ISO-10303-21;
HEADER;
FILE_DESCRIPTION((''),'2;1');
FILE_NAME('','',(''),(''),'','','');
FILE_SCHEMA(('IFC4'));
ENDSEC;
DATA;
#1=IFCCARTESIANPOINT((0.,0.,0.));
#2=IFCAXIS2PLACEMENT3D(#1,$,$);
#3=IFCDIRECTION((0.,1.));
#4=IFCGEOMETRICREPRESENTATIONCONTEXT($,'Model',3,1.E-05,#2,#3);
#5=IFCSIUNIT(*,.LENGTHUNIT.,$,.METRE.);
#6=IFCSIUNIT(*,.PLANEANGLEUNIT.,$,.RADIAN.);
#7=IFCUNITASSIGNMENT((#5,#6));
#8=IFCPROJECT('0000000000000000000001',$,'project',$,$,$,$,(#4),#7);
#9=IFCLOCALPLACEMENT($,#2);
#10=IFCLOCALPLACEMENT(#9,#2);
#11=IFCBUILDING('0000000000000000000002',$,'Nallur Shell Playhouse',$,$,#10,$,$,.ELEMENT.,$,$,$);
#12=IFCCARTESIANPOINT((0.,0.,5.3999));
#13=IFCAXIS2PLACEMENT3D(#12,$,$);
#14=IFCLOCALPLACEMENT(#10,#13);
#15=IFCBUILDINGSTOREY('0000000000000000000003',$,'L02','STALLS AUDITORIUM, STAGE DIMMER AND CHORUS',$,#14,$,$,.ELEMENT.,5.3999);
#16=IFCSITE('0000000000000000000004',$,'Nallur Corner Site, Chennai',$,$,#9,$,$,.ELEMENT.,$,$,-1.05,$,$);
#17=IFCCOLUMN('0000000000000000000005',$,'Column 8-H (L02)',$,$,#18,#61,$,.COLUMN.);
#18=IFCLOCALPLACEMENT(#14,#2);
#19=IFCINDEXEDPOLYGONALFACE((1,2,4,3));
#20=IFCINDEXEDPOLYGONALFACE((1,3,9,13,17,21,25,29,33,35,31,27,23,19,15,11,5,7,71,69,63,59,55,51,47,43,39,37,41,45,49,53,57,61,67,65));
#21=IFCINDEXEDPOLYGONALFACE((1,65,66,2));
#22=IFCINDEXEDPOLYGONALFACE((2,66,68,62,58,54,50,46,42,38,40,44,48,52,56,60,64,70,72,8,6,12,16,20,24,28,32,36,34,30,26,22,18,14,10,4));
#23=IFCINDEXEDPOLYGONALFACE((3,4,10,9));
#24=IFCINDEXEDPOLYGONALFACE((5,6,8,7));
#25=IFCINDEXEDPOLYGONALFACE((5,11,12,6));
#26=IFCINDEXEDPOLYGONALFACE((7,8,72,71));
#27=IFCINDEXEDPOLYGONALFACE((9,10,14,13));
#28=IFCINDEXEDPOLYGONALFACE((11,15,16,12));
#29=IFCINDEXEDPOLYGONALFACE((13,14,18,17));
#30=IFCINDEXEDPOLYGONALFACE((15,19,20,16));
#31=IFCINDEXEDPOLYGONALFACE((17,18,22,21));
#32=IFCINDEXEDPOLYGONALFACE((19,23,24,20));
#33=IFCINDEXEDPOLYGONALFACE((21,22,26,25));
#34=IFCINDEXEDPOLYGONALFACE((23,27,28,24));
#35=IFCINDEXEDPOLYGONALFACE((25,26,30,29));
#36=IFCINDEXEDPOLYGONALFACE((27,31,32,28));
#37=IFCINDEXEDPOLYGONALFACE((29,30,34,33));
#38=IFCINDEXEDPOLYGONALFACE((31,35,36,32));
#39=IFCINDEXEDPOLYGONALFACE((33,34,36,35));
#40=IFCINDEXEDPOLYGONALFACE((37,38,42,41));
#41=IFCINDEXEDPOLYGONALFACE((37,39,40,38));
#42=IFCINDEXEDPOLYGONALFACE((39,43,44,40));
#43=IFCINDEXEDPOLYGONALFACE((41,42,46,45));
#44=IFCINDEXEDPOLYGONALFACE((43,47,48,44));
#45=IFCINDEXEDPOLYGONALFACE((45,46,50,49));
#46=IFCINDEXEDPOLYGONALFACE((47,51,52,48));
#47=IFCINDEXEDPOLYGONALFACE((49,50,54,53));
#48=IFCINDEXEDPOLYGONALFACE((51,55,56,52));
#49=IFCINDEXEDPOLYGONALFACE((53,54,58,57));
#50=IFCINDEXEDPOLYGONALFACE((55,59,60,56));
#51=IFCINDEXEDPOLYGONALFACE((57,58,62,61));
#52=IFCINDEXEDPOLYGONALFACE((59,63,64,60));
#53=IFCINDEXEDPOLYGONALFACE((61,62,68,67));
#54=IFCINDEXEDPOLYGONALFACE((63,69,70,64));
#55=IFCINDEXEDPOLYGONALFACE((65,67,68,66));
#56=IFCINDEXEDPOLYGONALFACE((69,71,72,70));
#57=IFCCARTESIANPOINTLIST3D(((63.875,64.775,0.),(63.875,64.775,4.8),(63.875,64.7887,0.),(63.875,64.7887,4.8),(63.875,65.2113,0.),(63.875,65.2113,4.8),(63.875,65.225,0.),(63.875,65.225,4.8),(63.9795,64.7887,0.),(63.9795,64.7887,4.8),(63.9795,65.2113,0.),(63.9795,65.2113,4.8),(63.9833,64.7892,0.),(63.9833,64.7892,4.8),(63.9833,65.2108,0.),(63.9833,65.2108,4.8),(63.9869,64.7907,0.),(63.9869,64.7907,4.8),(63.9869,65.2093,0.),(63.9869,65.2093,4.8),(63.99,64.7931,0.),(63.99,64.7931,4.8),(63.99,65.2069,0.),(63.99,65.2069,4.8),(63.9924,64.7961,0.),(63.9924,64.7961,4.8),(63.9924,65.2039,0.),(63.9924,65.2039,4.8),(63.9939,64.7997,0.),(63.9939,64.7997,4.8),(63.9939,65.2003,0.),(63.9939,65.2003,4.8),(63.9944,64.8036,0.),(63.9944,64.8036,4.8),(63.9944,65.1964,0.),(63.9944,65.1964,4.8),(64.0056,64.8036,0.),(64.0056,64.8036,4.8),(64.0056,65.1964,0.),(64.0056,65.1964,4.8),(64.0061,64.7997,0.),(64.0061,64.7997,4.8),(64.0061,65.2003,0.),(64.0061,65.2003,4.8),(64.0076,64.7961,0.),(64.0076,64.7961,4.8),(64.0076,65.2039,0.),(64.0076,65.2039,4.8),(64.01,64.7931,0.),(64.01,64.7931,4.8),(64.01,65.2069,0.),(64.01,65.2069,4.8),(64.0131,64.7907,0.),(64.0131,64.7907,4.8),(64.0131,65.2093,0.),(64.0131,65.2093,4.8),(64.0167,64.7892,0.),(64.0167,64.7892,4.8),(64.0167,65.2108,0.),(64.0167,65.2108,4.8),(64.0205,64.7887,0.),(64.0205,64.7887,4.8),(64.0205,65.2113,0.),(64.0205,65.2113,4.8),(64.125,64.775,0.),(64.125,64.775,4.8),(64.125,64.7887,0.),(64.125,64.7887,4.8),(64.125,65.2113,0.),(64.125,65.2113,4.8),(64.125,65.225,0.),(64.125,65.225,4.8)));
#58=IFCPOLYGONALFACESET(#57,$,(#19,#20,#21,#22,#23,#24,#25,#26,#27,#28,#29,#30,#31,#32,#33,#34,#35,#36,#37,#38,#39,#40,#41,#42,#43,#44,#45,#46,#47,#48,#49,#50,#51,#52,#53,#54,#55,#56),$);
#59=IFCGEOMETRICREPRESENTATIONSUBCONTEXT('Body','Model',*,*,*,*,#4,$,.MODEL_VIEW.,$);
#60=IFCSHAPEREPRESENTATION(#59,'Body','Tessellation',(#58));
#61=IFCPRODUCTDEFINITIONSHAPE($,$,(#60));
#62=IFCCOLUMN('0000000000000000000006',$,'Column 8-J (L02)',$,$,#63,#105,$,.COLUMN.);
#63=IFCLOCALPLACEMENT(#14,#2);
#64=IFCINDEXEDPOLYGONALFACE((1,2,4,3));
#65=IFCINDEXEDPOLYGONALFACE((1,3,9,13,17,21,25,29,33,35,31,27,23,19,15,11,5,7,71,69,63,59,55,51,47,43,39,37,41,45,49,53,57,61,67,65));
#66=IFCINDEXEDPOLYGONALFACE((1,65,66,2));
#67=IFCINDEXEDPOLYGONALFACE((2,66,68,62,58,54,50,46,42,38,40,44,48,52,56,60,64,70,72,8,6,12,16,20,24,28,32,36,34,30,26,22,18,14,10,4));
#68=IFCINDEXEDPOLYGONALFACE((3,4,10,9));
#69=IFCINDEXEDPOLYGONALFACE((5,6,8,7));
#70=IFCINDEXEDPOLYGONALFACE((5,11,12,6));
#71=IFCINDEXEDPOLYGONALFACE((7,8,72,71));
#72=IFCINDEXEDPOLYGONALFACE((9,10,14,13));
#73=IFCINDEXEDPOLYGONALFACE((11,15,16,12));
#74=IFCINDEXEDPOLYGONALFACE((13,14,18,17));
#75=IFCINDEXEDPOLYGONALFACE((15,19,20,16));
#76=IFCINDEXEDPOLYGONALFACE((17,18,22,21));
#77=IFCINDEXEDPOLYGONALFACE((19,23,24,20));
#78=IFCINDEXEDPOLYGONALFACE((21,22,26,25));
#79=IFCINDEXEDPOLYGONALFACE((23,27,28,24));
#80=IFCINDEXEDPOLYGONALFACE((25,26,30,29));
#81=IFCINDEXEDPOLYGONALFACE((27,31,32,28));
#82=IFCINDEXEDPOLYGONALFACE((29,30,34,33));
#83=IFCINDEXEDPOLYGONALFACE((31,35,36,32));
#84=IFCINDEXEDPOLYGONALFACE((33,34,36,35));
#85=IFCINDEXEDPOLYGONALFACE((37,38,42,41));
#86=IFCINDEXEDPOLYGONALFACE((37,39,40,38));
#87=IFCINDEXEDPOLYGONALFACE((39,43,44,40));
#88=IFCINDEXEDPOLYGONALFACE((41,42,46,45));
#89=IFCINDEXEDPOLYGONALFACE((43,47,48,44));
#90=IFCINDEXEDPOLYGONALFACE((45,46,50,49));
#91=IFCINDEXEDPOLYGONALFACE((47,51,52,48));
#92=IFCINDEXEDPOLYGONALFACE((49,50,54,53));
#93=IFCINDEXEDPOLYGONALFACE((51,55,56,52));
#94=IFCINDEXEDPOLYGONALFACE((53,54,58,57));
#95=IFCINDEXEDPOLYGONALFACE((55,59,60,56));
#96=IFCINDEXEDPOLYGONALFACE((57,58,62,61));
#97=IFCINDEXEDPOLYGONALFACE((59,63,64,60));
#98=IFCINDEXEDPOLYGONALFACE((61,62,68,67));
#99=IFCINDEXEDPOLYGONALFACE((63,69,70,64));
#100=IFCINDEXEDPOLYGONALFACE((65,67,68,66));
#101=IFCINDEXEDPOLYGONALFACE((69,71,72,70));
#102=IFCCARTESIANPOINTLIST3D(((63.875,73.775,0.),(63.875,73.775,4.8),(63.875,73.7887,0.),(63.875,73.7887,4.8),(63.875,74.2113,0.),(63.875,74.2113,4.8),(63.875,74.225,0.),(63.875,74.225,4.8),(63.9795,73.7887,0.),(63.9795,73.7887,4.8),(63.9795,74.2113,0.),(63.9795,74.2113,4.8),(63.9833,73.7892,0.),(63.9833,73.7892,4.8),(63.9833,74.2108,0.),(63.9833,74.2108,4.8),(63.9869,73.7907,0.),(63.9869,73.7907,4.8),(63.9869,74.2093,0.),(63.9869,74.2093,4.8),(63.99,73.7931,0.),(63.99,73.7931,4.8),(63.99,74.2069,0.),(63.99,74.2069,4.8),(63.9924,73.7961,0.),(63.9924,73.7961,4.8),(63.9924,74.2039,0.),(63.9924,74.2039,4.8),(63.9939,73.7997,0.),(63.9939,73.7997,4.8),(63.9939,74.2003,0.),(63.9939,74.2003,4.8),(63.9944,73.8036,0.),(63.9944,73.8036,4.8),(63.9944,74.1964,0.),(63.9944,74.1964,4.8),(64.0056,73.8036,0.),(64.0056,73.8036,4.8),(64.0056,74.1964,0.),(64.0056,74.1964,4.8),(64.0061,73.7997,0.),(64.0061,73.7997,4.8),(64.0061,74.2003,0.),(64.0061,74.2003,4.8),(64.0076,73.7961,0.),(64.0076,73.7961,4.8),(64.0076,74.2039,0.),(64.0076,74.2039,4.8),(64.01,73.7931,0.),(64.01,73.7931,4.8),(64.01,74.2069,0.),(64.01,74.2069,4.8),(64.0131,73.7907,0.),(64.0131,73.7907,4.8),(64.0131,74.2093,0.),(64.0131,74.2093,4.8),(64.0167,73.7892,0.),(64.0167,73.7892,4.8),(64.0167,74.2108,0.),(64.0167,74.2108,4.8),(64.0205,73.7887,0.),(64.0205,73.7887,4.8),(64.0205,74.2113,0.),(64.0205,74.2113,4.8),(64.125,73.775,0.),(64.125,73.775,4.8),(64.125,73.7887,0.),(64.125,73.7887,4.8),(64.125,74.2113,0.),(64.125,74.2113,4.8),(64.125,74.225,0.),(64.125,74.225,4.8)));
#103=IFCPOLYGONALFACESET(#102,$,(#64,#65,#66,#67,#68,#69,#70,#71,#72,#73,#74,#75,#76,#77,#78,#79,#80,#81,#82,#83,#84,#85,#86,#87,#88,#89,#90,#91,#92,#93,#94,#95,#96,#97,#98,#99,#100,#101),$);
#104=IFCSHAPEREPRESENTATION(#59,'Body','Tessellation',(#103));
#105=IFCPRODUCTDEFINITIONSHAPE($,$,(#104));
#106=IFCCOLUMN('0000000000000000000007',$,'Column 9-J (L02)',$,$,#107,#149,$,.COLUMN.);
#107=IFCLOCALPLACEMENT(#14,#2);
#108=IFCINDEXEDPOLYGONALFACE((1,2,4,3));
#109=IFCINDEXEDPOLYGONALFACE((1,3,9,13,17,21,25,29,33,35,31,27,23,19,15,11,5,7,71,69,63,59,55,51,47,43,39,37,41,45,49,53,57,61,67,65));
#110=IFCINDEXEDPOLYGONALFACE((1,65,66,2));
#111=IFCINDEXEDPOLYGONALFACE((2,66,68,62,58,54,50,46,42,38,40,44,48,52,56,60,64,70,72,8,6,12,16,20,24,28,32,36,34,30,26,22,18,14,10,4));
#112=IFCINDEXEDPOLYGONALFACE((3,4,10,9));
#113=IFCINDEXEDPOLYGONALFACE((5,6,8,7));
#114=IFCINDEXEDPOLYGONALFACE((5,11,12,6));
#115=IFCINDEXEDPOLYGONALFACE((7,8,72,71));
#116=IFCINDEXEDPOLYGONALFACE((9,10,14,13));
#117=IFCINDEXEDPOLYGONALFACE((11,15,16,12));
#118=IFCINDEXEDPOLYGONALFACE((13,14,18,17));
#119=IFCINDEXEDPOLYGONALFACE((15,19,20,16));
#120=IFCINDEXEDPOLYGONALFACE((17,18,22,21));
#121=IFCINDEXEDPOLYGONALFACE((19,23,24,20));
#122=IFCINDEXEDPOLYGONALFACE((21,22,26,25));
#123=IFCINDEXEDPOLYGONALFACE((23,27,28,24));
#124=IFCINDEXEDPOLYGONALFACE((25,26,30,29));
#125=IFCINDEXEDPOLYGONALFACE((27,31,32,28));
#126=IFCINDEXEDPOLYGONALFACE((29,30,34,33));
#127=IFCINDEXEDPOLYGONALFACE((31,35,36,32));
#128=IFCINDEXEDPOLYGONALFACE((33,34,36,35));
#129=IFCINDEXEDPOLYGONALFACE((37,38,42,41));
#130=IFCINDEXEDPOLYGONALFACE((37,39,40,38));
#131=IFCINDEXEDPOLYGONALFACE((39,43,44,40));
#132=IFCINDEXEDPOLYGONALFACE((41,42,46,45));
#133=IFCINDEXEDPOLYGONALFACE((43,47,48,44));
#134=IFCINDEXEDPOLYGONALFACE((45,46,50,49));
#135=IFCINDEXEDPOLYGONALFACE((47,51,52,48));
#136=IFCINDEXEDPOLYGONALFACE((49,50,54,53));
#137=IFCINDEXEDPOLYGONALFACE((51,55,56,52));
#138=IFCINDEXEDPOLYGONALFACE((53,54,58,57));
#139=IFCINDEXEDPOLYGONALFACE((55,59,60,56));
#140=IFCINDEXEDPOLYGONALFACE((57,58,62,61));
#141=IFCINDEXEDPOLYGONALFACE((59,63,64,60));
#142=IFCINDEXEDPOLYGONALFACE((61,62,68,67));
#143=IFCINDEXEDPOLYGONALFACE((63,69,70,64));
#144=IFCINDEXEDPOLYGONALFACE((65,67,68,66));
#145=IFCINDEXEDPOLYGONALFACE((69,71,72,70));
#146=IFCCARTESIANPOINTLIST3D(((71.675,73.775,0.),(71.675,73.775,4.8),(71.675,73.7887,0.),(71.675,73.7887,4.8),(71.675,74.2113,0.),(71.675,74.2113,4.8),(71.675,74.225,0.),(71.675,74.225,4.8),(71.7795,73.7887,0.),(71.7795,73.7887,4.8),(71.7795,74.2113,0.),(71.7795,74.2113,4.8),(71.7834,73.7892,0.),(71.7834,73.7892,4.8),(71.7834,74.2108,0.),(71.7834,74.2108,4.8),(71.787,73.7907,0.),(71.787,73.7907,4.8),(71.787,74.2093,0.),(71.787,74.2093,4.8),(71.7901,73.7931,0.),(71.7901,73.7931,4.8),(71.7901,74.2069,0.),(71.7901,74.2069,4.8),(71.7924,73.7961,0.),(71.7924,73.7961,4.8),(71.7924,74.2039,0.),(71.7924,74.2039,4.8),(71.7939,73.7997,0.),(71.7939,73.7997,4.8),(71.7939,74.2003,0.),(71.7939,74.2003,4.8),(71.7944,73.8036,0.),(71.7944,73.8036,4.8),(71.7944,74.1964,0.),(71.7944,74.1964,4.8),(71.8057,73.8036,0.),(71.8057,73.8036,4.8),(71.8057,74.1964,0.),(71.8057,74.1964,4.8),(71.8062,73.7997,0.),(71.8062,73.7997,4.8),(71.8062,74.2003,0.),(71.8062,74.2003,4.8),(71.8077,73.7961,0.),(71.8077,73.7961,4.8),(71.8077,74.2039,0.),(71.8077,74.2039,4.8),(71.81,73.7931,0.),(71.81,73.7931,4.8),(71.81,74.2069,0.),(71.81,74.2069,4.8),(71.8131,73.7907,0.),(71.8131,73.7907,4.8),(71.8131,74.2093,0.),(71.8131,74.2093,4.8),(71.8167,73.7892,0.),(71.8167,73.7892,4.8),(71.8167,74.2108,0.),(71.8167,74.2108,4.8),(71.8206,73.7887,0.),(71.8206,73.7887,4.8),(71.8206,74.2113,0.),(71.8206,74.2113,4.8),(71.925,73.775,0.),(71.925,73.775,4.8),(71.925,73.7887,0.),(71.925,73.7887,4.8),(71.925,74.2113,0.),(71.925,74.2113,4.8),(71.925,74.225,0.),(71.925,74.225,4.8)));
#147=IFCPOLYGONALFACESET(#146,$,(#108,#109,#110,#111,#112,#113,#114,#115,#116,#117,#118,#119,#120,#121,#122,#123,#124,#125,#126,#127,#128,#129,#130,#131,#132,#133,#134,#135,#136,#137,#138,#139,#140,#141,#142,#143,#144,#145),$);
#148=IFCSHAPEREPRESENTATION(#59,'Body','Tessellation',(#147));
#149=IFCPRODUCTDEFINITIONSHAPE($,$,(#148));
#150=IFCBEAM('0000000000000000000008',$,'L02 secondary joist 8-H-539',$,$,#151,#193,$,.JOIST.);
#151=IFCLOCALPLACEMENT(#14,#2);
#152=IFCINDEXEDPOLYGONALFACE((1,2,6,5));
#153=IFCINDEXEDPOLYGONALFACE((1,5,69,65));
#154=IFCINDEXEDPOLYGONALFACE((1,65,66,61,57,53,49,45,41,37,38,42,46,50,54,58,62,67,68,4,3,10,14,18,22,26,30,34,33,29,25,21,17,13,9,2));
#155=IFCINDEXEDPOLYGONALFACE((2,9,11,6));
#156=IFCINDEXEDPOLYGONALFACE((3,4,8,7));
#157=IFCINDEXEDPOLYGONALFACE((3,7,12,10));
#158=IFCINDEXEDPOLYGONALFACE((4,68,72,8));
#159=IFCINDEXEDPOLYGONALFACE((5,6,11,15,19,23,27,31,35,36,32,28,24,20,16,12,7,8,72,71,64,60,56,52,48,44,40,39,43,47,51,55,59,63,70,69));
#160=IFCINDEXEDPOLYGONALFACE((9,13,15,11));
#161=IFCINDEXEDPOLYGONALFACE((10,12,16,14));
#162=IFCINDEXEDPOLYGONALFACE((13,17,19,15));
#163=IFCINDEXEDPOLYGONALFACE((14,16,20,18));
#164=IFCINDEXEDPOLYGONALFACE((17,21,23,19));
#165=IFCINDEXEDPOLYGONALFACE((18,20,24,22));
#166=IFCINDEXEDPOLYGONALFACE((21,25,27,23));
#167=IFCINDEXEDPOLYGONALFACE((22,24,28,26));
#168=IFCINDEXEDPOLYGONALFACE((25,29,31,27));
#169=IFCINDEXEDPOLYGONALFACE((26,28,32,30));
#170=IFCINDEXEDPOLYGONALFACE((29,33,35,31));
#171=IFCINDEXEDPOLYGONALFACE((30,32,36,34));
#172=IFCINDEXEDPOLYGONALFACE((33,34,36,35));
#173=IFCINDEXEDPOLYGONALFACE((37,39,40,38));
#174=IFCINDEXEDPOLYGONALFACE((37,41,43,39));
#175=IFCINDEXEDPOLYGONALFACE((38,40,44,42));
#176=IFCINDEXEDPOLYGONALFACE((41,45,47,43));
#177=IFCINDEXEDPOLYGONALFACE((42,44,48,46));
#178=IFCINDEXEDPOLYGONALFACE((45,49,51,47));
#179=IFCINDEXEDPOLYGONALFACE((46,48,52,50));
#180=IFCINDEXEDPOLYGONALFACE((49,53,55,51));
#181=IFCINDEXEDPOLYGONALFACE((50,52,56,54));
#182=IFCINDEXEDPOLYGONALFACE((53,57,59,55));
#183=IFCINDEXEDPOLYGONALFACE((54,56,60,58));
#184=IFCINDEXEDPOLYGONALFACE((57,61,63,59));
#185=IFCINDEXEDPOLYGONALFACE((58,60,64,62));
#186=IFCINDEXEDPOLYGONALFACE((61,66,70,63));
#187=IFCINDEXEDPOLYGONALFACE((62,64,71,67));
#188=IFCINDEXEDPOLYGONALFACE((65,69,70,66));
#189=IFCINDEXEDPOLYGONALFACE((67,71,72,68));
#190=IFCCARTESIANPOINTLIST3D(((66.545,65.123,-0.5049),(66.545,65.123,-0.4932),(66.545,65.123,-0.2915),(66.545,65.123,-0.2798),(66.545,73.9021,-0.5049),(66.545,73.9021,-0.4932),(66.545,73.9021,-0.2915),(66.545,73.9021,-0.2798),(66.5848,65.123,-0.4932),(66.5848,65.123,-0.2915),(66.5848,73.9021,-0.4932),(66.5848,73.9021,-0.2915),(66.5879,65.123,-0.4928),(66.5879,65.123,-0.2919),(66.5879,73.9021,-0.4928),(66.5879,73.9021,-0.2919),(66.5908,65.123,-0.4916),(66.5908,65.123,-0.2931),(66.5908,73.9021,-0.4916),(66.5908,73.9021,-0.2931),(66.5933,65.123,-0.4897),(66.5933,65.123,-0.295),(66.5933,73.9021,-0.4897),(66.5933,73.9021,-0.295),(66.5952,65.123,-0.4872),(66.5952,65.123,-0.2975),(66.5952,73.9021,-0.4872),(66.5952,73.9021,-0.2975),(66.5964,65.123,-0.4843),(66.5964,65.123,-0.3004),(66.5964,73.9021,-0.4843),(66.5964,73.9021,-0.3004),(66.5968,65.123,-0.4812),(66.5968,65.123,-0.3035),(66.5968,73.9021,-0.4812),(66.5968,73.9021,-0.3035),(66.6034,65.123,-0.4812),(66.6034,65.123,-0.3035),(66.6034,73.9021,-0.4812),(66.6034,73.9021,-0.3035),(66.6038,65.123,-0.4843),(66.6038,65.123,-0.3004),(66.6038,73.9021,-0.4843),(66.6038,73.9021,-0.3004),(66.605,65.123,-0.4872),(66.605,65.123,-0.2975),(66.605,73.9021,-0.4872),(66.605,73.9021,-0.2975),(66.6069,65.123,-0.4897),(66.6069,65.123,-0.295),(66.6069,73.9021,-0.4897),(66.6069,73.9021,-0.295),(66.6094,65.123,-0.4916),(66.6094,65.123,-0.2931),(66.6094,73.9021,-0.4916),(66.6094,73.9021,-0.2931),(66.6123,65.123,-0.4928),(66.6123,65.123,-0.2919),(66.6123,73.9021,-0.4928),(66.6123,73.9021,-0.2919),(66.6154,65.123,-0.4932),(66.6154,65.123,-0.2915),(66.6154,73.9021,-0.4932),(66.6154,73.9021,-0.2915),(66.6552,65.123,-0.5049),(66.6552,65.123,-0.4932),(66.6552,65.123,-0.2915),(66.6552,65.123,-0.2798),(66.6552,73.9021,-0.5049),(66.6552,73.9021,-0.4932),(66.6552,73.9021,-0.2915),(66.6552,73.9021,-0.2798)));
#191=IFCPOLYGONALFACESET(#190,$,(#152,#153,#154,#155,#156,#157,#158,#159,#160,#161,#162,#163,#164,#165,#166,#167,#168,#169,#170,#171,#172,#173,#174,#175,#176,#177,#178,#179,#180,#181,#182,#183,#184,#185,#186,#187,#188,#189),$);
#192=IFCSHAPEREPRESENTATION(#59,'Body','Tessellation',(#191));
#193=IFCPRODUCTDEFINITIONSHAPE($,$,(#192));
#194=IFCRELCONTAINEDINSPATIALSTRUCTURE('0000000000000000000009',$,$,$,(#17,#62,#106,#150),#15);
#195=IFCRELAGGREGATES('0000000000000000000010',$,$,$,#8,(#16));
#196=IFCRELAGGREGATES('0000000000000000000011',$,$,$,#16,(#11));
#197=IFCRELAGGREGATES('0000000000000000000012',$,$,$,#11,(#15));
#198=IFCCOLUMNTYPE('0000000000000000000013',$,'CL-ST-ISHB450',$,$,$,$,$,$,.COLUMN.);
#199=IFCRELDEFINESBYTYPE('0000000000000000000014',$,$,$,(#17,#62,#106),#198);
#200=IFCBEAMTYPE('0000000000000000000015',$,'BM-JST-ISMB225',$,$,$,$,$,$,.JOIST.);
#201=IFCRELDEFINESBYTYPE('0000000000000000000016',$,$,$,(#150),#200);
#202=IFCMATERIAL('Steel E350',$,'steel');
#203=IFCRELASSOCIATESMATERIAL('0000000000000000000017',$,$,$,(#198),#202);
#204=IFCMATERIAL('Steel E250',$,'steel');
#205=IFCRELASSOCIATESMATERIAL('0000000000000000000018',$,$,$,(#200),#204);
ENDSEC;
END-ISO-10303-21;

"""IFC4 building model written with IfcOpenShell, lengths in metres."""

from ifc_helpers import new_model, si_unit, direction, frame, origin, origin_2d, place, context, subcontext, project, spatial, i_section, extrude, material, material_profile, profile_set, type_object, element, save


model = new_model("IFC4")

# Units and contexts
model_context = context("Model", 3, precision=1e-05, world=origin(), true_north=direction((0.0, 1.0)))
body_context = subcontext(model_context, "Body", "Model", "MODEL_VIEW")
ifc_project = project(units=[si_unit("LENGTHUNIT", "METRE"), si_unit("PLANEANGLEUNIT", "RADIAN")], contexts=[model_context])

# Site, building, storey
site_placement = place(None, origin())
site = spatial("IfcSite", under=ifc_project, at=site_placement, Name="Nallur Corner Site, Chennai", CompositionType="ELEMENT", RefElevation=-1.05)
building_placement = place(site_placement, origin())
building = spatial("IfcBuilding", under=site, at=building_placement, Name="Nallur Shell Playhouse", CompositionType="ELEMENT")
storey_placement = place(building_placement, frame((0.0, 0.0, 5.3999)))
storey = spatial("IfcBuildingStorey", under=building, at=storey_placement, Name="L02", Description="STALLS AUDITORIUM, STAGE DIMMER AND CHORUS", CompositionType="ELEMENT", Elevation=5.3999)

# Columns
ifc_material_1 = material(Name="Steel E350", Category="steel")
ifc_material_profile_1 = material_profile(ifc_material_1, i_section(OverallWidth=0.25, OverallDepth=0.45, WebThickness=0.0112, FlangeThickness=0.0137, FilletRadius=0.0149, at=origin_2d()), Name="ISHB 450")
ifc_profile_set_1 = profile_set([ifc_material_profile_1], Name="Steel E350")
column_type = type_object("IfcColumnType", Name="CL-ST-ISHB450", PredefinedType="COLUMN", material=ifc_profile_set_1)
for number, where, z_axis, x_axis, name in (
    (1, (64.0, 65.0, 0.0), (0.0, 0.0, 1.0), (1.0, 0.0, 0.0), "Column 8-H (L02)"),
    (2, (64.0, 74.0, 0.0), (0.0, 0.0, 1.0), (1.0, 0.0, 0.0), "Column 8-J (L02)"),
    (3, (71.8, 74.0, 0.0), (0.0, 0.0, 1.0), (1.0, 0.0, 0.0), "Column 9-J (L02)"),
):
    element("IfcColumn", number, at=place(storey_placement, frame(where, z_axis=z_axis, x_axis=x_axis)), inside=storey, type_object=column_type, Name=name, PredefinedType="COLUMN", context=body_context, shape_type="SweptSolid", body=[
        extrude(i_section(OverallWidth=0.25, OverallDepth=0.45, WebThickness=0.0112, FlangeThickness=0.0137, FilletRadius=0.0149, at=origin_2d()), origin(), (0.0, 0.0, 1.0), 4.8),
    ])

# Beam
ifc_material_2 = material(Name="Steel E250", Category="steel")
ifc_material_profile_2 = material_profile(ifc_material_2, i_section(OverallWidth=0.1101, OverallDepth=0.2251, WebThickness=0.0066, FlangeThickness=0.0117, FilletRadius=0.012, at=origin_2d()), Name="ISMB 225")
ifc_profile_set_2 = profile_set([ifc_material_profile_2], Name="Steel E250")
beam_type_1 = type_object("IfcBeamType", Name="BM-JST-ISMB225", PredefinedType="JOIST", material=ifc_profile_set_2)
beam_1_placement = place(storey_placement, frame((66.6001, 65.123, -0.3923), z_axis=(0.0, 1.0, 0.0), x_axis=(-1.0, 0.0, 0.0)))
element("IfcBeam", 4, at=beam_1_placement, inside=storey, type_object=beam_type_1, Name="L02 secondary joist 8-H-539", PredefinedType="JOIST", context=body_context, shape_type="SweptSolid", body=[
    extrude(i_section(OverallWidth=0.1101, OverallDepth=0.2251, WebThickness=0.0066, FlangeThickness=0.0117, FilletRadius=0.012, at=origin_2d()), origin(), (0.0, 0.0, 1.0), 8.7791),
])

save(model, "model.ifc")
